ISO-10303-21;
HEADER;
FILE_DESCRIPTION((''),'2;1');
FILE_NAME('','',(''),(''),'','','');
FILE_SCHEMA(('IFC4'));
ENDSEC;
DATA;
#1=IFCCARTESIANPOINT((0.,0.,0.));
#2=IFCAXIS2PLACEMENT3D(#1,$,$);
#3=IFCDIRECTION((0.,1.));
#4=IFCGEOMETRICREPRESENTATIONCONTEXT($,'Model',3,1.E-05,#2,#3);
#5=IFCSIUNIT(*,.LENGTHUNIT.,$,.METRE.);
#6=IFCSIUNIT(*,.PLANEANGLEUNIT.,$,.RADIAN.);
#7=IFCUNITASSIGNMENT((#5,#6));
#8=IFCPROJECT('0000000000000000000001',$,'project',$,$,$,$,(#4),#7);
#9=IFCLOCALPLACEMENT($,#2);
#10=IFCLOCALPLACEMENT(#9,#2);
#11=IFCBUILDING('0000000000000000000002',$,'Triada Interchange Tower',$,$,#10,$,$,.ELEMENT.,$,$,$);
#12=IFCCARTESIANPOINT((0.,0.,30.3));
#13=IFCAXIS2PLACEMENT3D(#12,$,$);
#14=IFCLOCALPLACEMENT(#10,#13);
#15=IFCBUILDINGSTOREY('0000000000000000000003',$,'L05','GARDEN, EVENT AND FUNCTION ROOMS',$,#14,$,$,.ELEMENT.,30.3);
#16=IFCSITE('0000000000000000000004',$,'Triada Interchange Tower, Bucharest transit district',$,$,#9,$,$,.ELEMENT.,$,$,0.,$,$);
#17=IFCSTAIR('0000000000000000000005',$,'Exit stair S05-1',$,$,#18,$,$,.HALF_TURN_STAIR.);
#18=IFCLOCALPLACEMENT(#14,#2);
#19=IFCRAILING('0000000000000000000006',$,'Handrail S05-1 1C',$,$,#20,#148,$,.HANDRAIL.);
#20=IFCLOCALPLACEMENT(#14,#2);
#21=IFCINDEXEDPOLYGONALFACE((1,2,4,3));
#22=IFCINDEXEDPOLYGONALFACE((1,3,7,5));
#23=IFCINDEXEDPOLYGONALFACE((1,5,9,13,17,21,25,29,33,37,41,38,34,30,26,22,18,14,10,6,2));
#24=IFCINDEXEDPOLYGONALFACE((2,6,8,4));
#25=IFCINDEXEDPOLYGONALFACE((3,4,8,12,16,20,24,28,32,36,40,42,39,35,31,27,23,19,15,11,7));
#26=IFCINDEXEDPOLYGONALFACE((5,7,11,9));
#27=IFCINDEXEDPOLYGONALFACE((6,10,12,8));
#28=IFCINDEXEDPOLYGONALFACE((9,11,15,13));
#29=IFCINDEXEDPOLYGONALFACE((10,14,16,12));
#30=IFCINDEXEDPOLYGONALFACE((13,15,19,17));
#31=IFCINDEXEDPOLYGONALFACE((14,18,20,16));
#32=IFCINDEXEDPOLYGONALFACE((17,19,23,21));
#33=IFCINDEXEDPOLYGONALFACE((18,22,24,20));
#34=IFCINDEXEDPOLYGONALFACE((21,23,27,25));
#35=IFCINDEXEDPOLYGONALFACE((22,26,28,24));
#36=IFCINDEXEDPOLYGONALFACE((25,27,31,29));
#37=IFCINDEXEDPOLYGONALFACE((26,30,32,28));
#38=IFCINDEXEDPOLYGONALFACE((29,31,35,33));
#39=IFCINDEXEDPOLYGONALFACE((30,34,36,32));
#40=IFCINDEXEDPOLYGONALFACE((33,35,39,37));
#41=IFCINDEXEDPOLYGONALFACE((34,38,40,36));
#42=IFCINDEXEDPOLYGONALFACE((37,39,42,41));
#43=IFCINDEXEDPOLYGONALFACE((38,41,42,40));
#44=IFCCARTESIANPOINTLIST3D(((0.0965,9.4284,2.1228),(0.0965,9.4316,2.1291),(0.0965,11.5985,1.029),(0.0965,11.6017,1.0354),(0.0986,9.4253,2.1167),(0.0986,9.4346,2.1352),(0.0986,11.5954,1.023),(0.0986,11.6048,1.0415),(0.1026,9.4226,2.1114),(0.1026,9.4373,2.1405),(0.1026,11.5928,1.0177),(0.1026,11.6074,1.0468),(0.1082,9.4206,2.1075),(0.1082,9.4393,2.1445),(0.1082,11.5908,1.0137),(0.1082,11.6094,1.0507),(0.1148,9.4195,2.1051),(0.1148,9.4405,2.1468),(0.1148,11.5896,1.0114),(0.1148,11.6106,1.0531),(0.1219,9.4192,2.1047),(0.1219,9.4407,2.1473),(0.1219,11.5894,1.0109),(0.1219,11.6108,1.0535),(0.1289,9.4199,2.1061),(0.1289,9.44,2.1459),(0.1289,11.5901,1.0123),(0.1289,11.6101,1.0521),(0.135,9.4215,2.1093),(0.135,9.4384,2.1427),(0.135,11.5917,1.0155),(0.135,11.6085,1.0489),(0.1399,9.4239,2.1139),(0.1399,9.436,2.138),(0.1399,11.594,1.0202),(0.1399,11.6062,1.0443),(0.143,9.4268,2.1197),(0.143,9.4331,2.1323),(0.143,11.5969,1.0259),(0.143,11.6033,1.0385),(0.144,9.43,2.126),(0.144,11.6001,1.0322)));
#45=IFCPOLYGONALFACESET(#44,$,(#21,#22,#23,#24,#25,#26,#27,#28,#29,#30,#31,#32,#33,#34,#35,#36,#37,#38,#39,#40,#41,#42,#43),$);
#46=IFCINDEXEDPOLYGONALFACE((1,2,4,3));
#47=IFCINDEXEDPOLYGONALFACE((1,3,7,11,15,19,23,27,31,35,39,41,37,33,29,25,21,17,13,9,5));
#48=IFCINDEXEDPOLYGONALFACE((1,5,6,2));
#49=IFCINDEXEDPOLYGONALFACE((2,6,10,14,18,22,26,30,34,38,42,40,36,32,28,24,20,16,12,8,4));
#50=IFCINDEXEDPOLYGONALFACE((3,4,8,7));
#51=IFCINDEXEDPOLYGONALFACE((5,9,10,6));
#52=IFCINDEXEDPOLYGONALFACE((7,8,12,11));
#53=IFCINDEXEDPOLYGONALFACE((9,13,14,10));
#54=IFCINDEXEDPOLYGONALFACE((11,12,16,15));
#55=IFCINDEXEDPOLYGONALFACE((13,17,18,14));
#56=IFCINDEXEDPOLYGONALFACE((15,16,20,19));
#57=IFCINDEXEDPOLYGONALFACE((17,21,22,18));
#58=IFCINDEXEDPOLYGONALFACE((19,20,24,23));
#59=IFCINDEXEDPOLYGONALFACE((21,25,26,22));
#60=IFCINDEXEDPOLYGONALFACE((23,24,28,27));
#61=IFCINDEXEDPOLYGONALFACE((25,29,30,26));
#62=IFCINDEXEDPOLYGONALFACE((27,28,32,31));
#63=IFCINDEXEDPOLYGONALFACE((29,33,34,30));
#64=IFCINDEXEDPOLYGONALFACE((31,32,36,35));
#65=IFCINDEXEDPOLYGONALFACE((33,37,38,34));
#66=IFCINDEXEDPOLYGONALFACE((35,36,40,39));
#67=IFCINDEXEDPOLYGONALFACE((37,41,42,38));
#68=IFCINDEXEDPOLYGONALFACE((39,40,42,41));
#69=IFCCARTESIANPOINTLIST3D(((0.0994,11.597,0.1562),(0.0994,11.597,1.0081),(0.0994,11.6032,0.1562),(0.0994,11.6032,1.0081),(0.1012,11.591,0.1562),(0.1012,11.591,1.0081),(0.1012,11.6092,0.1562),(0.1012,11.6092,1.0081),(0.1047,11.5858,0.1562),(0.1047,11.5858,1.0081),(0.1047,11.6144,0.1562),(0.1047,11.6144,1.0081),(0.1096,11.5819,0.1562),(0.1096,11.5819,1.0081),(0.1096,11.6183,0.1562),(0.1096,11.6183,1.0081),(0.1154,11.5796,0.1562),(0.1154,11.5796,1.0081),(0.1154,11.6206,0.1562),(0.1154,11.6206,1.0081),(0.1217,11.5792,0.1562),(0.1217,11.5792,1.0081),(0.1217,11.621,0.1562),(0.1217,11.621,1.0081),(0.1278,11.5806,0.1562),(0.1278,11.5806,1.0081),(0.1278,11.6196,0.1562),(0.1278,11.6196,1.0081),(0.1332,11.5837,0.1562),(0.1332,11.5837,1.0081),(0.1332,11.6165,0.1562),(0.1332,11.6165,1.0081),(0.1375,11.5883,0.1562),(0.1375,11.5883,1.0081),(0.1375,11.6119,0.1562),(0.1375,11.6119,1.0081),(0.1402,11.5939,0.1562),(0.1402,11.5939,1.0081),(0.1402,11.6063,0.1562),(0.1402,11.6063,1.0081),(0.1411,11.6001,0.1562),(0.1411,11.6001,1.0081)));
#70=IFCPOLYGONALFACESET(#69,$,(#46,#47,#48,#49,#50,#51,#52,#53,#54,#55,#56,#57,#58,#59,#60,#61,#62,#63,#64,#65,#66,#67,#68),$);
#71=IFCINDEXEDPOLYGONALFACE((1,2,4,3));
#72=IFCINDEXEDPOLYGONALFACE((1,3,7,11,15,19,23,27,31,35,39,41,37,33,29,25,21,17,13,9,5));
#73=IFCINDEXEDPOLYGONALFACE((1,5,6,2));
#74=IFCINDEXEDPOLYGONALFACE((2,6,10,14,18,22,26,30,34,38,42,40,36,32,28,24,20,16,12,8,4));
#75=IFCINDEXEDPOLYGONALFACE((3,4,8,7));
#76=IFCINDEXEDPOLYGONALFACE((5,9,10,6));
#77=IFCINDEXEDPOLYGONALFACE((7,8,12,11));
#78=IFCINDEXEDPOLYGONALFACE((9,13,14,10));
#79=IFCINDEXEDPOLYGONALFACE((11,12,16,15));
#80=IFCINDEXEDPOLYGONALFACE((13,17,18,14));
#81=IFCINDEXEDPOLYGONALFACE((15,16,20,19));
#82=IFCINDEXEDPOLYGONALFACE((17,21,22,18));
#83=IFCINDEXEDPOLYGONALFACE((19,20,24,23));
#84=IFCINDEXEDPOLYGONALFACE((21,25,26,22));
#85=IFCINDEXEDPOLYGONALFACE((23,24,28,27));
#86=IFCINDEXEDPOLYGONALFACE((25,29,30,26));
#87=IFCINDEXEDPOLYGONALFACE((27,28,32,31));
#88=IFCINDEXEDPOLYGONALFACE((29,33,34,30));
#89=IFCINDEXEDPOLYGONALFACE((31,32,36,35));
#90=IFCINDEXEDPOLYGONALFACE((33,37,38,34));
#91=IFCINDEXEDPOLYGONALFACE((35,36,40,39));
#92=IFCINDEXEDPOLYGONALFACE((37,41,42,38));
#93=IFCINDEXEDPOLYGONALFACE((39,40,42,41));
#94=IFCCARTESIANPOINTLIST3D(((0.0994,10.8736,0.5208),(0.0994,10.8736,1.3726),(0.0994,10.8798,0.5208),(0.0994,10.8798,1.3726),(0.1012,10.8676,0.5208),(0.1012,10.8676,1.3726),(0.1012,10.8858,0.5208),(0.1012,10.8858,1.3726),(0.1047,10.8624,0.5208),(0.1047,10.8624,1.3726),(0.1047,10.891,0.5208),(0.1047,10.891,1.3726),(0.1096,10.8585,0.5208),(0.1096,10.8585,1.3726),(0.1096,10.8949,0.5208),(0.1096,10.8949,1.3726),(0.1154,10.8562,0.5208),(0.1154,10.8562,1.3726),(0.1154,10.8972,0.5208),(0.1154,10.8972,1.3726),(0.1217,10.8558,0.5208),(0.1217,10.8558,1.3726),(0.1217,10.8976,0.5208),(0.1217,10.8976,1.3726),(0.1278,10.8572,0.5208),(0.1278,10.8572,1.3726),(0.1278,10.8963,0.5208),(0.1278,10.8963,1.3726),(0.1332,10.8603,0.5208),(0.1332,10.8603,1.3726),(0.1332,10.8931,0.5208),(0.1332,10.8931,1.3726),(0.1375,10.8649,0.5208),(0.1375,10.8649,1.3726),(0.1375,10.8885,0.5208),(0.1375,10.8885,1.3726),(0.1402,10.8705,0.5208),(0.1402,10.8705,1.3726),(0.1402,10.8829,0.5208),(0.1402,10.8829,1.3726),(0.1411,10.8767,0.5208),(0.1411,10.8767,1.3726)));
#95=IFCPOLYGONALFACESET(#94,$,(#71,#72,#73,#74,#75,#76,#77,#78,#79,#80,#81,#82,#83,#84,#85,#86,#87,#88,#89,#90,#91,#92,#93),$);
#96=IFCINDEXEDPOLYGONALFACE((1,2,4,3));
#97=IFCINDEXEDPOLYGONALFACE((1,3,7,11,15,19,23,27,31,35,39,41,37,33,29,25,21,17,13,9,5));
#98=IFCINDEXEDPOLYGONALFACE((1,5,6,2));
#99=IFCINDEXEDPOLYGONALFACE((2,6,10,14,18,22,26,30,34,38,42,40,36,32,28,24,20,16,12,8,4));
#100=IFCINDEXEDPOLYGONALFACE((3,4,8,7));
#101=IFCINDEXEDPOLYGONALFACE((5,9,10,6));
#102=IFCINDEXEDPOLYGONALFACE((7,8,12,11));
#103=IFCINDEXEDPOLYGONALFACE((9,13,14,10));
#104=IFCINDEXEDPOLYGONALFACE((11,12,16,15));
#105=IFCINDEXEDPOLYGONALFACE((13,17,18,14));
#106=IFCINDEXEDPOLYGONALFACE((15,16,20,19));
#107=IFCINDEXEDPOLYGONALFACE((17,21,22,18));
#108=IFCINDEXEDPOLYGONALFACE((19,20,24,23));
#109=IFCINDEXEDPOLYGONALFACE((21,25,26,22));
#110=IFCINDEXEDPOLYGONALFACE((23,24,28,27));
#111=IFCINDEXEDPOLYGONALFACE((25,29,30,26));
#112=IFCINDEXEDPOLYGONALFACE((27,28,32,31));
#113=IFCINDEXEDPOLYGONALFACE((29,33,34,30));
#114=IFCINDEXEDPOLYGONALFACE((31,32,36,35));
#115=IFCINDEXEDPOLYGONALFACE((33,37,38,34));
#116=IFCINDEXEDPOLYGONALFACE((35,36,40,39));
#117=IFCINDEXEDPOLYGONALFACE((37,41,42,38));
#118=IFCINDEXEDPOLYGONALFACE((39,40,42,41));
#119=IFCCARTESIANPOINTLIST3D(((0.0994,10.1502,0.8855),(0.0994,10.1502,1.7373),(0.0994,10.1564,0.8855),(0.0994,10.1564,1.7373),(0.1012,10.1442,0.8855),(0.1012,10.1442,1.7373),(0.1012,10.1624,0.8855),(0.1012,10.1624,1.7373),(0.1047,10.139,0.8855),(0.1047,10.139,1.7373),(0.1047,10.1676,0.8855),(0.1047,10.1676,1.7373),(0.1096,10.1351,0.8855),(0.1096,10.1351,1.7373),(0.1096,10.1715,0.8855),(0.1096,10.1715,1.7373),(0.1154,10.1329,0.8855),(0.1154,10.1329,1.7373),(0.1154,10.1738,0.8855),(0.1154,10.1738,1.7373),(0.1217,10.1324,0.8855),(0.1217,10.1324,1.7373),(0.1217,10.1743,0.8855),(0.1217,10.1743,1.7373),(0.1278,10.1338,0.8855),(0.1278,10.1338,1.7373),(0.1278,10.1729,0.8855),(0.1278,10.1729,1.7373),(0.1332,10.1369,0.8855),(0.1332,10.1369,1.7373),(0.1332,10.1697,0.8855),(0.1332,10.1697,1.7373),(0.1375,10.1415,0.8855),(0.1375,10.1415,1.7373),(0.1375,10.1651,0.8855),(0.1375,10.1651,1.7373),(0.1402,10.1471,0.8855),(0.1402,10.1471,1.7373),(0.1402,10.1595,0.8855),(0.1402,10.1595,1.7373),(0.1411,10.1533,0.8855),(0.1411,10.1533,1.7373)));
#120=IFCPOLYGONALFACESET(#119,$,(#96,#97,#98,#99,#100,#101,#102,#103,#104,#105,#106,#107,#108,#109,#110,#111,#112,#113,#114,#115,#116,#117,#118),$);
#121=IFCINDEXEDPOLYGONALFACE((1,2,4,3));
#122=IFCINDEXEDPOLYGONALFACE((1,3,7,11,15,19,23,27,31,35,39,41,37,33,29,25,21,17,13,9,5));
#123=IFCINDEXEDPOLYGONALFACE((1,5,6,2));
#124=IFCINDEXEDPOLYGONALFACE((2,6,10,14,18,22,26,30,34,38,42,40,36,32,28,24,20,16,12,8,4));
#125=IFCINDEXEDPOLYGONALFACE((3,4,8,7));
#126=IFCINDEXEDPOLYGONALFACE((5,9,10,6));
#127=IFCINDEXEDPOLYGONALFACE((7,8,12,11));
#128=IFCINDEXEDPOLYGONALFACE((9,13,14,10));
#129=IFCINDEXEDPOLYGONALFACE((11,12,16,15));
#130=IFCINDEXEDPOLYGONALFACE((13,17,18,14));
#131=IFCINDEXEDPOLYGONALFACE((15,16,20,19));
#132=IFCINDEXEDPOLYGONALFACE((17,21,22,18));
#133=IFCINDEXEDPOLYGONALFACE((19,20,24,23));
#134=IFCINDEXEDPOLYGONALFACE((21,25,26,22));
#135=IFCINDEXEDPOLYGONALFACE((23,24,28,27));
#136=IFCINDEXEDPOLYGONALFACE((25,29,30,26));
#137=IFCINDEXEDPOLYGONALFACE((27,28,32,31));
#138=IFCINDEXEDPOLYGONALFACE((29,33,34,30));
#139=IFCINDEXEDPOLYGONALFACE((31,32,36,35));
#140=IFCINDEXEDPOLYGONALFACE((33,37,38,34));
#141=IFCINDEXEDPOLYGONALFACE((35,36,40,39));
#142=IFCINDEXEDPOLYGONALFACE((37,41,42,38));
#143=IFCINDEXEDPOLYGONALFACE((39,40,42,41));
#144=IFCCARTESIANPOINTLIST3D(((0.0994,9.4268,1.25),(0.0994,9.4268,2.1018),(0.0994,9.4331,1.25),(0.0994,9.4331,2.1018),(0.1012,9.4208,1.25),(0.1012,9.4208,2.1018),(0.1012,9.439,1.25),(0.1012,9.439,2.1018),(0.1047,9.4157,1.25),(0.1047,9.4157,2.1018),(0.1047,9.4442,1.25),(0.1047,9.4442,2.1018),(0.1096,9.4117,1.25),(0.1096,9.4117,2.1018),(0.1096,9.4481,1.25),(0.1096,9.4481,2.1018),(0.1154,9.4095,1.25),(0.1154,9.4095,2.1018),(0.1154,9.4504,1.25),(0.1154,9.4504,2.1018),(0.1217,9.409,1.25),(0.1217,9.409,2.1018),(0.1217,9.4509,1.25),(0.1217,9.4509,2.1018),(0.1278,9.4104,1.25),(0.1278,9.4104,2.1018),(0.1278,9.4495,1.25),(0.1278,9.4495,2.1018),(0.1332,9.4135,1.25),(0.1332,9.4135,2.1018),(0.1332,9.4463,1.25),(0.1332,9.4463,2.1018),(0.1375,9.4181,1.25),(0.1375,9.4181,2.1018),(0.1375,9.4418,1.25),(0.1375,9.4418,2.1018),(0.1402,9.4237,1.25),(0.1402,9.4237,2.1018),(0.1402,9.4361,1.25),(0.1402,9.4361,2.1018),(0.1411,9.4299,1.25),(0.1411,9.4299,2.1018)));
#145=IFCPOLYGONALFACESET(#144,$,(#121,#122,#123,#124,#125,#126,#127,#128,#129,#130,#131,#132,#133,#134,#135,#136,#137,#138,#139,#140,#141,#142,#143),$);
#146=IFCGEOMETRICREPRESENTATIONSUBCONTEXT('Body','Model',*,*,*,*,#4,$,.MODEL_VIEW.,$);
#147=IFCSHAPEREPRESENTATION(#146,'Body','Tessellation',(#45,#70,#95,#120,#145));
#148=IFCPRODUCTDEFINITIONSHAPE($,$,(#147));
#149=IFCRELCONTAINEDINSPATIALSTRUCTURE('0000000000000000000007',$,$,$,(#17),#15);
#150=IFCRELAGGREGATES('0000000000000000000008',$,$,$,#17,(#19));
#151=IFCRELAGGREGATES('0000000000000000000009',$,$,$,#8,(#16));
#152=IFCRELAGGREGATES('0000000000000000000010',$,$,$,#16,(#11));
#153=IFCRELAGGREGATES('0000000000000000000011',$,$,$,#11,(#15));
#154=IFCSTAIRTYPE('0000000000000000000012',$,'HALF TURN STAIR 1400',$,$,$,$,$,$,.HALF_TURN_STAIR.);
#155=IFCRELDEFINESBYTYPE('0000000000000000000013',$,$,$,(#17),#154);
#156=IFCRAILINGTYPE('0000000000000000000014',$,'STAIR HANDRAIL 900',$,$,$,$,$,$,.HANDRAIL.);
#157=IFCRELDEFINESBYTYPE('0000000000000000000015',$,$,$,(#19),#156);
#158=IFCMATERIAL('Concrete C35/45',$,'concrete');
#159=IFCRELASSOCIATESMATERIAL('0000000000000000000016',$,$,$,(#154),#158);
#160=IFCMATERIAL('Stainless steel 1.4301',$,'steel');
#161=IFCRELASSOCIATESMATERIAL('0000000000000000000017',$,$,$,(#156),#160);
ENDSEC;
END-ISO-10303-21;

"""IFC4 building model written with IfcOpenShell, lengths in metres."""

from ifc_helpers import new_model, si_unit, direction, frame, origin, origin_2d, place, context, subcontext, project, spatial, circle, extrude, material, type_object, element, aggregate, save


model = new_model("IFC4")

# Units and contexts
model_context = context("Model", 3, precision=1e-05, world=origin(), true_north=direction((0.0, 1.0)))
body_context = subcontext(model_context, "Body", "Model", "MODEL_VIEW")
ifc_project = project(units=[si_unit("LENGTHUNIT", "METRE"), si_unit("PLANEANGLEUNIT", "RADIAN")], contexts=[model_context])

# Site, building, storey
site_placement = place(None, origin())
site = spatial("IfcSite", under=ifc_project, at=site_placement, Name="Triada Interchange Tower, Bucharest transit district", CompositionType="ELEMENT", RefElevation=0.0)
building_placement = place(site_placement, origin())
building = spatial("IfcBuilding", under=site, at=building_placement, Name="Triada Interchange Tower", CompositionType="ELEMENT")
storey_placement = place(building_placement, frame((0.0, 0.0, 30.3)))
storey = spatial("IfcBuildingStorey", under=building, at=storey_placement, Name="L05", Description="GARDEN, EVENT AND FUNCTION ROOMS", CompositionType="ELEMENT", Elevation=30.3)

# Stair
ifc_material_1 = material(Name="Concrete C35/45", Category="concrete")
stair_type = type_object("IfcStairType", Name="HALF TURN STAIR 1400", PredefinedType="HALF_TURN_STAIR", material=ifc_material_1)
stair_1_placement = place(storey_placement, origin())
stair_1 = element("IfcStair", 1, at=stair_1_placement, inside=storey, type_object=stair_type, Name="Exit stair S05-1", PredefinedType="HALF_TURN_STAIR")

# Railing
ifc_material_2 = material(Name="Stainless steel 1.4301", Category="steel")
railing_type = type_object("IfcRailingType", Name="STAIR HANDRAIL 900", PredefinedType="HANDRAIL", material=ifc_material_2)
railing_placement = place(storey_placement, frame((0.1201, 11.6001, 0.1562)))
railing = element("IfcRailing", 2, at=railing_placement, type_object=railing_type, Name="Handrail S05-1 1C", PredefinedType="HANDRAIL", context=body_context, shape_type="SweptSolid", body=[
    extrude(circle(Radius=0.0239, at=origin_2d()), frame((0.0, 0.0, 0.876), z_axis=(0.0, -0.892996, 0.450064), x_axis=(1.0, 0.0, 0.0)), (0.0, 0.0, 1.0), 2.4302),
    extrude(circle(Radius=0.021, at=origin_2d()), origin(), (0.0, 0.0, 1.0), 0.8518),
    extrude(circle(Radius=0.021, at=origin_2d()), frame((0.0, -0.7234, 0.3645)), (0.0, 0.0, 1.0), 0.8518),
    extrude(circle(Radius=0.021, at=origin_2d()), frame((0.0, -1.4468, 0.7292)), (0.0, 0.0, 1.0), 0.8518),
    extrude(circle(Radius=0.021, at=origin_2d()), frame((0.0, -2.1702, 1.0938)), (0.0, 0.0, 1.0), 0.8518),
])
aggregate(stair_1, [railing])

save(model, "model.ifc")
